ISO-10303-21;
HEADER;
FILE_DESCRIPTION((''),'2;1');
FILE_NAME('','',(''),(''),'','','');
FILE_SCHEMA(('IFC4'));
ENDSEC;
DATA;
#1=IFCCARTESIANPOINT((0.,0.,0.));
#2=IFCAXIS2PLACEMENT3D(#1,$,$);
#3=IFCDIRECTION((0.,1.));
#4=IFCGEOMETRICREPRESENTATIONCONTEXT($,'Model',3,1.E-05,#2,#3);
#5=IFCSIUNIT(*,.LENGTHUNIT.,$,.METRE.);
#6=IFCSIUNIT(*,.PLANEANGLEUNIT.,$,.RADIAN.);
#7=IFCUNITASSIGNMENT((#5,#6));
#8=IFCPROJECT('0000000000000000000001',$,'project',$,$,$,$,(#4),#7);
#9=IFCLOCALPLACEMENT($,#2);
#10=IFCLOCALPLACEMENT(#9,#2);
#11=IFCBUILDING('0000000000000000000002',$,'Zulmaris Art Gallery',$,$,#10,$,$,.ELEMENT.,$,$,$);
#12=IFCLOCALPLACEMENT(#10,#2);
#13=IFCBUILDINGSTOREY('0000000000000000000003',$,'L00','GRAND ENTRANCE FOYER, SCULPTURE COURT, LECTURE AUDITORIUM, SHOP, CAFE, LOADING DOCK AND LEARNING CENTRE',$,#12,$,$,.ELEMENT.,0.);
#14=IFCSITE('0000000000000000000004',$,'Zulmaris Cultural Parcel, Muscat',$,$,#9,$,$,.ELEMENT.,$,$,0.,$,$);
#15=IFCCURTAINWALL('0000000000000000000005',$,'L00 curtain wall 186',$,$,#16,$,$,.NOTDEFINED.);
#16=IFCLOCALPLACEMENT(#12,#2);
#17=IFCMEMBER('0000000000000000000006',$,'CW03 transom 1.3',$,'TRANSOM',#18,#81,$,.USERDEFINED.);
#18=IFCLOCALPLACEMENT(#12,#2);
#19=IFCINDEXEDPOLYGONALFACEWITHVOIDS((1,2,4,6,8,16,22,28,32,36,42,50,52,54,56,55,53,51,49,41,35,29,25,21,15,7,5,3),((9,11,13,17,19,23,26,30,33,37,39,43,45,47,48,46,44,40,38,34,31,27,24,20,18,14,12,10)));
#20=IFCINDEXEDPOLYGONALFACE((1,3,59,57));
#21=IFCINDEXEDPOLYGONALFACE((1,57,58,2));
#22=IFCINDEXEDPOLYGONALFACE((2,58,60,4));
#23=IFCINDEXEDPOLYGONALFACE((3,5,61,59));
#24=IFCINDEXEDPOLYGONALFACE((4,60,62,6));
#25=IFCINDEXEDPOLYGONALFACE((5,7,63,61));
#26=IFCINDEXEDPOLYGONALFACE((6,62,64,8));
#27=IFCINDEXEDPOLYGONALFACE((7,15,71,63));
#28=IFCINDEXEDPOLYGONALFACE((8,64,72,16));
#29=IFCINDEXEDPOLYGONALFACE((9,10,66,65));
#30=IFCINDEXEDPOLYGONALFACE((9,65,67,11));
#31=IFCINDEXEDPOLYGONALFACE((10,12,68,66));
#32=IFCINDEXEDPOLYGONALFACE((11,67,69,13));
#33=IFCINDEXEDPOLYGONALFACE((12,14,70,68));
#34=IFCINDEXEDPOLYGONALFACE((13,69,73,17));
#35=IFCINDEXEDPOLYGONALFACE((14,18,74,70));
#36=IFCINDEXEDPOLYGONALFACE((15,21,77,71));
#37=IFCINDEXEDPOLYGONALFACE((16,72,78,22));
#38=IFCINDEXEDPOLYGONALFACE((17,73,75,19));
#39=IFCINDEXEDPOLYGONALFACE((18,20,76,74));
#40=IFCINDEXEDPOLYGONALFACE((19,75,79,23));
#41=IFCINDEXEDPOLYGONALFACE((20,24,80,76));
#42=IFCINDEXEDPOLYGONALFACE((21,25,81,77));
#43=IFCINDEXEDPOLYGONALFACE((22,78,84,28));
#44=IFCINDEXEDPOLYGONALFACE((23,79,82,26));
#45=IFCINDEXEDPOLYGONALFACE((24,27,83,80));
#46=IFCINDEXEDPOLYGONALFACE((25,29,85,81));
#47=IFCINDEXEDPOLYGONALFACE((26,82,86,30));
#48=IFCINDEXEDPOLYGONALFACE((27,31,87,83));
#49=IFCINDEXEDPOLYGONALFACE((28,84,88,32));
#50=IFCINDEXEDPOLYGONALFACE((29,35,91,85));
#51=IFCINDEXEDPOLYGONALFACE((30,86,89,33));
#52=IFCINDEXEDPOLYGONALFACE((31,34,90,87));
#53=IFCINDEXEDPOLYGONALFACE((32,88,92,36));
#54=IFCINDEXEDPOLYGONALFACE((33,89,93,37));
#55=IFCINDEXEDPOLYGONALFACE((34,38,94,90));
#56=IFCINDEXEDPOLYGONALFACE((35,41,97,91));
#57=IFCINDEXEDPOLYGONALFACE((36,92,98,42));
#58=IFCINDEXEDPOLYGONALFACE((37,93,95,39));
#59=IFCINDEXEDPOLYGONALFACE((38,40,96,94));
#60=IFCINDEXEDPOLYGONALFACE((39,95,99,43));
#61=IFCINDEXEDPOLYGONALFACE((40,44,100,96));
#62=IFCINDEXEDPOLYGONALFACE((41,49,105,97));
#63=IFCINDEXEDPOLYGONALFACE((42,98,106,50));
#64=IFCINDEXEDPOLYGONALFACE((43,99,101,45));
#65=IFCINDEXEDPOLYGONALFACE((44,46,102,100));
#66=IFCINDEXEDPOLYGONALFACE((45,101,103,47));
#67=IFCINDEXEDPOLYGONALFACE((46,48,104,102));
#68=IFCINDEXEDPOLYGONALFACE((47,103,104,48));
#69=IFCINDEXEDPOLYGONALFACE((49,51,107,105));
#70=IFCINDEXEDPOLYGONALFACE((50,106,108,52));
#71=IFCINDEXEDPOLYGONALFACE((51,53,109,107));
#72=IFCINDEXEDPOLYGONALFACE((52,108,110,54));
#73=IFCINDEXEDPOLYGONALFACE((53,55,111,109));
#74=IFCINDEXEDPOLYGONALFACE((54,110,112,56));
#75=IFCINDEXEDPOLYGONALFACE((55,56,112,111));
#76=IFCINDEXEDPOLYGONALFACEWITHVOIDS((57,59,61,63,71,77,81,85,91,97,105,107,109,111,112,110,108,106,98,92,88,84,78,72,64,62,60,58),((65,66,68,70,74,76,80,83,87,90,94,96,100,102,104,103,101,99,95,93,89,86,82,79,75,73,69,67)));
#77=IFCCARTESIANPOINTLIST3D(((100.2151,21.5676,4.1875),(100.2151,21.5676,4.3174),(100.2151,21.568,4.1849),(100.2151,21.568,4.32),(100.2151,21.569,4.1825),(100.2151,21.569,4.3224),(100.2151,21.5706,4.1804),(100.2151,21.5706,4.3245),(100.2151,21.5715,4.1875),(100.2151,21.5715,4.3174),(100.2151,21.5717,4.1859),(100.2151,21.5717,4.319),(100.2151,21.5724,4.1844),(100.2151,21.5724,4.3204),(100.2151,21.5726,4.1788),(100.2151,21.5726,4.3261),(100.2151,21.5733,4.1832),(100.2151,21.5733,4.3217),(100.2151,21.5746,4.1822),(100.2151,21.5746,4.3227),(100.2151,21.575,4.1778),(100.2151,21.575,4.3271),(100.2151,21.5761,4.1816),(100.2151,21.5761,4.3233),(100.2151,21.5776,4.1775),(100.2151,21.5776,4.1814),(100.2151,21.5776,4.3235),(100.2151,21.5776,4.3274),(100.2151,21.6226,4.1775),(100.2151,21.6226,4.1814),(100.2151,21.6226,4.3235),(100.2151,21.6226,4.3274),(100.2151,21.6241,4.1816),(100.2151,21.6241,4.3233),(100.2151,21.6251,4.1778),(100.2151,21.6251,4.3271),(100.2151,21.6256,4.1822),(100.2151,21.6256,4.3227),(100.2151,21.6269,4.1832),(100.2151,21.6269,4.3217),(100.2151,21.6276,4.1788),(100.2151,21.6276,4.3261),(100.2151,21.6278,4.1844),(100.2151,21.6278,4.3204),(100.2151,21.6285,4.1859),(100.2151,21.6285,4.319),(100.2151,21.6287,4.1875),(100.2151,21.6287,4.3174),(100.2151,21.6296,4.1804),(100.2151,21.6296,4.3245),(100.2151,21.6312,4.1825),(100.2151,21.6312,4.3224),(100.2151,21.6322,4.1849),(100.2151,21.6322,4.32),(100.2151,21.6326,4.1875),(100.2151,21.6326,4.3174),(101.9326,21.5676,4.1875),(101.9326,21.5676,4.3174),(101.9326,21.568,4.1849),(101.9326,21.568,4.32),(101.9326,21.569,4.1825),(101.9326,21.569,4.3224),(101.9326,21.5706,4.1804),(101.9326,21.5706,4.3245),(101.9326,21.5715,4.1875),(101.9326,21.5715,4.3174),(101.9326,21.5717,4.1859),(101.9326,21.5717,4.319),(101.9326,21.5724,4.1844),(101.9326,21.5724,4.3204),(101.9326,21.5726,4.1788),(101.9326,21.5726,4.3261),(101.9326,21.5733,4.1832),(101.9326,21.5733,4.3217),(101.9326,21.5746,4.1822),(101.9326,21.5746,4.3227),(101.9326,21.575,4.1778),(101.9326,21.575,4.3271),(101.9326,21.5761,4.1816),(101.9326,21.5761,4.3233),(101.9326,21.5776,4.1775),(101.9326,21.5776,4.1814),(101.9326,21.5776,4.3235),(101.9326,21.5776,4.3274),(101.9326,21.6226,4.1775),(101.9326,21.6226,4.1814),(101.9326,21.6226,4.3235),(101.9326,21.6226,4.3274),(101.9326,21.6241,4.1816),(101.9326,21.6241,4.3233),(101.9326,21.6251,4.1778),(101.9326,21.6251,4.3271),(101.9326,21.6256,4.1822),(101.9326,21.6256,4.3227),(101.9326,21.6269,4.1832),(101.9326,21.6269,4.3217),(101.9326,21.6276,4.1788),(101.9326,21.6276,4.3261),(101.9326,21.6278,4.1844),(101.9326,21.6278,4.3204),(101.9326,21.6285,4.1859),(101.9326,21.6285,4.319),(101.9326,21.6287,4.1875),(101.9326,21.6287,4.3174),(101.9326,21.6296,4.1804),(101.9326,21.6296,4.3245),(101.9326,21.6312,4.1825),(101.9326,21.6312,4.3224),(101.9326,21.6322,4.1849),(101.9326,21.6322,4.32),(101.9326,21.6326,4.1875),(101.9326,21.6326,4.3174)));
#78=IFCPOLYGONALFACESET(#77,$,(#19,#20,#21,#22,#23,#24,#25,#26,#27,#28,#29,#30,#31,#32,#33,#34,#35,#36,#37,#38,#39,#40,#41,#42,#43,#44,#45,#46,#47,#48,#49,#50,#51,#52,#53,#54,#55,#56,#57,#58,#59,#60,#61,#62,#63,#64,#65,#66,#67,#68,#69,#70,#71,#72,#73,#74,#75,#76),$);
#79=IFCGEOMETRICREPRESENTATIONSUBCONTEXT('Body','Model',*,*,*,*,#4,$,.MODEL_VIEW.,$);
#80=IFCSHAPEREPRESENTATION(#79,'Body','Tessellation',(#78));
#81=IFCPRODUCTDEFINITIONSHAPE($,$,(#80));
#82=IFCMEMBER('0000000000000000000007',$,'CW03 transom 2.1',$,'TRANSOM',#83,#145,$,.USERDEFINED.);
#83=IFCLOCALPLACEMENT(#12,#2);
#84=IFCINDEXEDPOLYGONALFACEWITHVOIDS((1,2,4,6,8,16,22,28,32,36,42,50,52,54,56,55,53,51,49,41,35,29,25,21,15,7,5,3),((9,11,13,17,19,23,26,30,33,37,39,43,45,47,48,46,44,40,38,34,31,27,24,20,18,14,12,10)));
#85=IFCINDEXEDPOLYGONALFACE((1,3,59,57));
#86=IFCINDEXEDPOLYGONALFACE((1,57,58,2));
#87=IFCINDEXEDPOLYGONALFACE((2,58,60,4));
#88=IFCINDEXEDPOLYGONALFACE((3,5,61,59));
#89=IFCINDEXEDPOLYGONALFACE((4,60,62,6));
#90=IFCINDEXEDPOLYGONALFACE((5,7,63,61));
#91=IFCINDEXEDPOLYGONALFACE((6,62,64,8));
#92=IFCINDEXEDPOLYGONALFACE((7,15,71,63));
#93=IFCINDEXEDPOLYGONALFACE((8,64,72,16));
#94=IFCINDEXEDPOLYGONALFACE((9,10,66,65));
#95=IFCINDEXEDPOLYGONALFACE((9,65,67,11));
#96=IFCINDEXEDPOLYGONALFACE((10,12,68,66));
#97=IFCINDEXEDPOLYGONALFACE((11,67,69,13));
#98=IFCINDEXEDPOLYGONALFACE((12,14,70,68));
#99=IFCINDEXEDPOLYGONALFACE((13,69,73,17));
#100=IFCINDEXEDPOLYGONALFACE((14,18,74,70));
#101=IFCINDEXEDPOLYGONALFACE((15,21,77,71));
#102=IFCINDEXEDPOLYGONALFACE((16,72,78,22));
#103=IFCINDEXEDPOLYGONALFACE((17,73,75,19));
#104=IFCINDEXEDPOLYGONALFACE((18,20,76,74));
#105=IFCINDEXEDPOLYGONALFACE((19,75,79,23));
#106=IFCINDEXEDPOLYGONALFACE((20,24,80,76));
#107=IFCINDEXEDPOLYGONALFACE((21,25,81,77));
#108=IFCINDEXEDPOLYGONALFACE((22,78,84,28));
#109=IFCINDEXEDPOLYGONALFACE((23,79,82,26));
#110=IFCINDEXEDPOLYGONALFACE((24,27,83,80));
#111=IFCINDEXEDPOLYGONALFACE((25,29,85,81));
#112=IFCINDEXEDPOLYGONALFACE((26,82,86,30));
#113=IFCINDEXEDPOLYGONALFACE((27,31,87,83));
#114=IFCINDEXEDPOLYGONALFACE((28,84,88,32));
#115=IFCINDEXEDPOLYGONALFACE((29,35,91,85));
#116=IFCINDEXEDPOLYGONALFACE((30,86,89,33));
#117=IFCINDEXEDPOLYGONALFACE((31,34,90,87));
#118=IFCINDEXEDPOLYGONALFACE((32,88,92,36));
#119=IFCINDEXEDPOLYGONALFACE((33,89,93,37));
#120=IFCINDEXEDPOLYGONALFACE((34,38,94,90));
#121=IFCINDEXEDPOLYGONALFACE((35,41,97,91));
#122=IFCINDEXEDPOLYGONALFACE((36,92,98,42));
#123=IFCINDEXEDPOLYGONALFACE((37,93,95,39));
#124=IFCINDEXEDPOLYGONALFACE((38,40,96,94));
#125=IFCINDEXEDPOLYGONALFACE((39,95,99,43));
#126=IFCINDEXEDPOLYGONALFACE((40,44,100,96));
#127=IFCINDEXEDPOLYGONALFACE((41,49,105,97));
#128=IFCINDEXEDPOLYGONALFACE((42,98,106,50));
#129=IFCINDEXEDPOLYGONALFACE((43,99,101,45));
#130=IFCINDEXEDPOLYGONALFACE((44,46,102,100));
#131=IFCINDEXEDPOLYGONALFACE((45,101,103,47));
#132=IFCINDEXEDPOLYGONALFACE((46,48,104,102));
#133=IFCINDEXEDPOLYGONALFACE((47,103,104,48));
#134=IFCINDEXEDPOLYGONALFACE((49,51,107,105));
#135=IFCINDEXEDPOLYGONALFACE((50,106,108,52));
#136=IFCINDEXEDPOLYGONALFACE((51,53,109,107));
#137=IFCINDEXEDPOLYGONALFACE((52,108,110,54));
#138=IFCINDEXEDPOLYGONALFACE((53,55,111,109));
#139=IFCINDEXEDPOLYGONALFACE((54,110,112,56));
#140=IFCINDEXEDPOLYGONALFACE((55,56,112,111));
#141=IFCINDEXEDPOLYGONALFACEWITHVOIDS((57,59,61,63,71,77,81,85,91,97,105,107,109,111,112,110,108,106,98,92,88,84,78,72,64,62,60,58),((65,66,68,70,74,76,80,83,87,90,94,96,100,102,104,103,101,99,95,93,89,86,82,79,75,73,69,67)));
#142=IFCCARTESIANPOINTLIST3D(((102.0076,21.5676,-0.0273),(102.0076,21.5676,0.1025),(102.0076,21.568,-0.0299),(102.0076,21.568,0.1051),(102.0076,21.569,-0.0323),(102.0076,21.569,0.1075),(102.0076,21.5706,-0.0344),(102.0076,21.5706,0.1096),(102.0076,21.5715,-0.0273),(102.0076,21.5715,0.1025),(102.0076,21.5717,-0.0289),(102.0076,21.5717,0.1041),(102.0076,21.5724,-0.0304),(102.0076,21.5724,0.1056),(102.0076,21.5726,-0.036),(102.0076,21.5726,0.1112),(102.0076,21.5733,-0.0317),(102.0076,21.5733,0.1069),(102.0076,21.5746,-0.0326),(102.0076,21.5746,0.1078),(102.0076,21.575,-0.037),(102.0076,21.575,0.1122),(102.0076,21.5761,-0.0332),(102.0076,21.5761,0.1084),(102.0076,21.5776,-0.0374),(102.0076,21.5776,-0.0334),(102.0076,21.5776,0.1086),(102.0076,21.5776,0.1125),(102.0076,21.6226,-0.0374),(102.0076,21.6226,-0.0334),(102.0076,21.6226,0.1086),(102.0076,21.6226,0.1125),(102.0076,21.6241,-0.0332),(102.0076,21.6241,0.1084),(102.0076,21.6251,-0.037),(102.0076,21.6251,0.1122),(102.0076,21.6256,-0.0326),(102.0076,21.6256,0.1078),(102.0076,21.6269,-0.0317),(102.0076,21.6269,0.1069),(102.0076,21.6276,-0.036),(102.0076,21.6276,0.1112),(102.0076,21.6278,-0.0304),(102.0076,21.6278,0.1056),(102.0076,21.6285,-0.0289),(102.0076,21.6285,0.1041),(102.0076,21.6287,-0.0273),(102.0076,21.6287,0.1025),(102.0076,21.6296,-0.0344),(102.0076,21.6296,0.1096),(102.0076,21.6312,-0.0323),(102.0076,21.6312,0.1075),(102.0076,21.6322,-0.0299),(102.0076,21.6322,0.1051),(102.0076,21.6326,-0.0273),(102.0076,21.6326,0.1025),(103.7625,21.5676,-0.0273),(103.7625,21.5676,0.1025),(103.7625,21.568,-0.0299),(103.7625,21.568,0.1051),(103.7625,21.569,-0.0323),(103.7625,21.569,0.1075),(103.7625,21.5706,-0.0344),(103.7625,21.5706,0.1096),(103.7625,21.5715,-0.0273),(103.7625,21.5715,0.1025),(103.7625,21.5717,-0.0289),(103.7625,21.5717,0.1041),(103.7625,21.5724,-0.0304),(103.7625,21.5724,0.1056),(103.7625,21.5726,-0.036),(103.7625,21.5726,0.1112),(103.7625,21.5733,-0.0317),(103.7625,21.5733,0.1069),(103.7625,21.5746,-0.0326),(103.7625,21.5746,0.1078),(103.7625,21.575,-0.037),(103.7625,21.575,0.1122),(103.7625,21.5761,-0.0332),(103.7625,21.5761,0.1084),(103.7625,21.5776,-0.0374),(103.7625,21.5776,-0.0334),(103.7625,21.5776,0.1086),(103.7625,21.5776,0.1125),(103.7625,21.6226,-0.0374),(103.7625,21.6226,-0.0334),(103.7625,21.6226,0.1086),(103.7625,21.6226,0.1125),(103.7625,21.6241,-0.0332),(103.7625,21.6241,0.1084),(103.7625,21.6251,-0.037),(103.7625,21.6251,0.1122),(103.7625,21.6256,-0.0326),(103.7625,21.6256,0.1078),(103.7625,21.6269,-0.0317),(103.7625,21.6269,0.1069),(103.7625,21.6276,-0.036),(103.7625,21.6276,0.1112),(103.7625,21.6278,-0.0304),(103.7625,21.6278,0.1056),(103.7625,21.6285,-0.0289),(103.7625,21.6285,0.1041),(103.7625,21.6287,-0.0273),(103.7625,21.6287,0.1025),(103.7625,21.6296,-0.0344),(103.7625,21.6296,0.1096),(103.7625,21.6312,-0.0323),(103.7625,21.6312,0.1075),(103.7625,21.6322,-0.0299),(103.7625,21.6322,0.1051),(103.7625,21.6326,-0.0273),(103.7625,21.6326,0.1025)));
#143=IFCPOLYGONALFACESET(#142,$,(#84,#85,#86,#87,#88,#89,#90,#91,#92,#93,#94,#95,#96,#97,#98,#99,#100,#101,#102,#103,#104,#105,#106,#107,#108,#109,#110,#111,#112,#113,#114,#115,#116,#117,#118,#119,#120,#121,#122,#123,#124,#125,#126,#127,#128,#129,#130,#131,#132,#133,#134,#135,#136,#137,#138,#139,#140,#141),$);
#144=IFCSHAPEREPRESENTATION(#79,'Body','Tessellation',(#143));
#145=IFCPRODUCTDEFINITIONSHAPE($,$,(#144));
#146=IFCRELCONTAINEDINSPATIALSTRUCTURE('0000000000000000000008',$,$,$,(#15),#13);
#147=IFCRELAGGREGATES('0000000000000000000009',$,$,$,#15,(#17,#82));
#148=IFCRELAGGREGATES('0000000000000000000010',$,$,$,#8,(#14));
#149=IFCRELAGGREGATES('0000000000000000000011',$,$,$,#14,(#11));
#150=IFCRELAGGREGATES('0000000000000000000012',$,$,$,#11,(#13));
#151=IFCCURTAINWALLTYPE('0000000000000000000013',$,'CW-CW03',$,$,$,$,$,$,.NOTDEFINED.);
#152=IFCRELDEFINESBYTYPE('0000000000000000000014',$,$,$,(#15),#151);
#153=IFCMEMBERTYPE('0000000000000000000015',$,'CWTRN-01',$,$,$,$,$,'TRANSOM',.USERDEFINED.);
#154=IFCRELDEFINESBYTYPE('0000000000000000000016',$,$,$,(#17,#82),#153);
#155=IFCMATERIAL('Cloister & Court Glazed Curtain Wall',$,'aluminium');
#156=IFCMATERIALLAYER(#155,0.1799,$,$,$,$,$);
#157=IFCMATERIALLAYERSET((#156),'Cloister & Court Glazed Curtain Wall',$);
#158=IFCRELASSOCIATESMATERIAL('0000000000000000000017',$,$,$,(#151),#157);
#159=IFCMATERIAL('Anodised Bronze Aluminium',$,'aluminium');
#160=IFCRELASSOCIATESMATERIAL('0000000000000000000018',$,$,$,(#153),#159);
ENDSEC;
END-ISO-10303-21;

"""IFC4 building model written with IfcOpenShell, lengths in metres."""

from ifc_helpers import new_model, si_unit, direction, frame, origin, origin_2d, place, context, subcontext, project, spatial, hollow_rectangle, extrude, material, layer, layer_set, material_profile, profile_set, type_object, element, aggregate, save


model = new_model("IFC4")

# Units and contexts
model_context = context("Model", 3, precision=1e-05, world=origin(), true_north=direction((0.0, 1.0)))
body_context = subcontext(model_context, "Body", "Model", "MODEL_VIEW")
ifc_project = project(units=[si_unit("LENGTHUNIT", "METRE"), si_unit("PLANEANGLEUNIT", "RADIAN")], contexts=[model_context])

# Site, building, storey
site_placement = place(None, origin())
site = spatial("IfcSite", under=ifc_project, at=site_placement, Name="Zulmaris Cultural Parcel, Muscat", CompositionType="ELEMENT", RefElevation=0.0)
building_placement = place(site_placement, origin())
building = spatial("IfcBuilding", under=site, at=building_placement, Name="Zulmaris Art Gallery", CompositionType="ELEMENT")
storey_placement = place(building_placement, origin())
storey = spatial("IfcBuildingStorey", under=building, at=storey_placement, Name="L00", Description="GRAND ENTRANCE FOYER, SCULPTURE COURT, LECTURE AUDITORIUM, SHOP, CAFE, LOADING DOCK AND LEARNING CENTRE", CompositionType="ELEMENT", Elevation=0.0)

# Shared definitions
ifc_material_1 = material(Name="Cloister & Court Glazed Curtain Wall", Category="aluminium")
ifc_layer_1 = layer(ifc_material_1, 0.1799)
ifc_layer_set_1 = layer_set([ifc_layer_1], Name="Cloister & Court Glazed Curtain Wall")
curtain_wall_type = type_object("IfcCurtainWallType", Name="CW-CW03", PredefinedType="NOTDEFINED", material=ifc_layer_set_1)
ifc_material_2 = material(Name="Anodised Bronze Aluminium", Category="aluminium")

# Curtain wall, members
curtain_wall_1_placement = place(storey_placement, origin())
curtain_wall_1 = element("IfcCurtainWall", 1, at=curtain_wall_1_placement, inside=storey, type_object=curtain_wall_type, Name="L00 curtain wall 186", PredefinedType="NOTDEFINED")
ifc_material_profile_1 = material_profile(ifc_material_2, hollow_rectangle(XDim=0.0649, YDim=0.1499, WallThickness=0.0039, InnerFilletRadius=0.0061, OuterFilletRadius=0.01, at=origin_2d()), Name="ALU 65x150x4")
ifc_profile_set_1 = profile_set([ifc_material_profile_1], Name="Anodised Bronze Aluminium")
member_type_1 = type_object("IfcMemberType", Name="CWTRN-01", ElementType="TRANSOM", PredefinedType="USERDEFINED", material=ifc_profile_set_1)
member_1_placement = place(storey_placement, frame((100.2151, 21.6001, 4.2524), z_axis=(1.0, 0.0, 0.0), x_axis=(0.0, 1.0, 0.0)))
member_1 = element("IfcMember", 2, at=member_1_placement, type_object=member_type_1, Name="CW03 transom 1.3", ObjectType="TRANSOM", PredefinedType="USERDEFINED", context=body_context, shape_type="SweptSolid", body=[
    extrude(hollow_rectangle(XDim=0.0649, YDim=0.1499, WallThickness=0.0039, InnerFilletRadius=0.0061, OuterFilletRadius=0.01, at=origin_2d()), origin(), (0.0, 0.0, 1.0), 1.7175),
])
member_2_placement = place(storey_placement, frame((102.0076, 21.6001, 0.0376), z_axis=(1.0, 0.0, 0.0), x_axis=(0.0, 1.0, 0.0)))
member_2 = element("IfcMember", 3, at=member_2_placement, type_object=member_type_1, Name="CW03 transom 2.1", ObjectType="TRANSOM", PredefinedType="USERDEFINED", context=body_context, shape_type="SweptSolid", body=[
    extrude(hollow_rectangle(XDim=0.0649, YDim=0.1499, WallThickness=0.0039, InnerFilletRadius=0.0061, OuterFilletRadius=0.01, at=origin_2d()), origin(), (0.0, 0.0, 1.0), 1.7549),
])

aggregate(curtain_wall_1, [member_1, member_2])

save(model, "model.ifc")
